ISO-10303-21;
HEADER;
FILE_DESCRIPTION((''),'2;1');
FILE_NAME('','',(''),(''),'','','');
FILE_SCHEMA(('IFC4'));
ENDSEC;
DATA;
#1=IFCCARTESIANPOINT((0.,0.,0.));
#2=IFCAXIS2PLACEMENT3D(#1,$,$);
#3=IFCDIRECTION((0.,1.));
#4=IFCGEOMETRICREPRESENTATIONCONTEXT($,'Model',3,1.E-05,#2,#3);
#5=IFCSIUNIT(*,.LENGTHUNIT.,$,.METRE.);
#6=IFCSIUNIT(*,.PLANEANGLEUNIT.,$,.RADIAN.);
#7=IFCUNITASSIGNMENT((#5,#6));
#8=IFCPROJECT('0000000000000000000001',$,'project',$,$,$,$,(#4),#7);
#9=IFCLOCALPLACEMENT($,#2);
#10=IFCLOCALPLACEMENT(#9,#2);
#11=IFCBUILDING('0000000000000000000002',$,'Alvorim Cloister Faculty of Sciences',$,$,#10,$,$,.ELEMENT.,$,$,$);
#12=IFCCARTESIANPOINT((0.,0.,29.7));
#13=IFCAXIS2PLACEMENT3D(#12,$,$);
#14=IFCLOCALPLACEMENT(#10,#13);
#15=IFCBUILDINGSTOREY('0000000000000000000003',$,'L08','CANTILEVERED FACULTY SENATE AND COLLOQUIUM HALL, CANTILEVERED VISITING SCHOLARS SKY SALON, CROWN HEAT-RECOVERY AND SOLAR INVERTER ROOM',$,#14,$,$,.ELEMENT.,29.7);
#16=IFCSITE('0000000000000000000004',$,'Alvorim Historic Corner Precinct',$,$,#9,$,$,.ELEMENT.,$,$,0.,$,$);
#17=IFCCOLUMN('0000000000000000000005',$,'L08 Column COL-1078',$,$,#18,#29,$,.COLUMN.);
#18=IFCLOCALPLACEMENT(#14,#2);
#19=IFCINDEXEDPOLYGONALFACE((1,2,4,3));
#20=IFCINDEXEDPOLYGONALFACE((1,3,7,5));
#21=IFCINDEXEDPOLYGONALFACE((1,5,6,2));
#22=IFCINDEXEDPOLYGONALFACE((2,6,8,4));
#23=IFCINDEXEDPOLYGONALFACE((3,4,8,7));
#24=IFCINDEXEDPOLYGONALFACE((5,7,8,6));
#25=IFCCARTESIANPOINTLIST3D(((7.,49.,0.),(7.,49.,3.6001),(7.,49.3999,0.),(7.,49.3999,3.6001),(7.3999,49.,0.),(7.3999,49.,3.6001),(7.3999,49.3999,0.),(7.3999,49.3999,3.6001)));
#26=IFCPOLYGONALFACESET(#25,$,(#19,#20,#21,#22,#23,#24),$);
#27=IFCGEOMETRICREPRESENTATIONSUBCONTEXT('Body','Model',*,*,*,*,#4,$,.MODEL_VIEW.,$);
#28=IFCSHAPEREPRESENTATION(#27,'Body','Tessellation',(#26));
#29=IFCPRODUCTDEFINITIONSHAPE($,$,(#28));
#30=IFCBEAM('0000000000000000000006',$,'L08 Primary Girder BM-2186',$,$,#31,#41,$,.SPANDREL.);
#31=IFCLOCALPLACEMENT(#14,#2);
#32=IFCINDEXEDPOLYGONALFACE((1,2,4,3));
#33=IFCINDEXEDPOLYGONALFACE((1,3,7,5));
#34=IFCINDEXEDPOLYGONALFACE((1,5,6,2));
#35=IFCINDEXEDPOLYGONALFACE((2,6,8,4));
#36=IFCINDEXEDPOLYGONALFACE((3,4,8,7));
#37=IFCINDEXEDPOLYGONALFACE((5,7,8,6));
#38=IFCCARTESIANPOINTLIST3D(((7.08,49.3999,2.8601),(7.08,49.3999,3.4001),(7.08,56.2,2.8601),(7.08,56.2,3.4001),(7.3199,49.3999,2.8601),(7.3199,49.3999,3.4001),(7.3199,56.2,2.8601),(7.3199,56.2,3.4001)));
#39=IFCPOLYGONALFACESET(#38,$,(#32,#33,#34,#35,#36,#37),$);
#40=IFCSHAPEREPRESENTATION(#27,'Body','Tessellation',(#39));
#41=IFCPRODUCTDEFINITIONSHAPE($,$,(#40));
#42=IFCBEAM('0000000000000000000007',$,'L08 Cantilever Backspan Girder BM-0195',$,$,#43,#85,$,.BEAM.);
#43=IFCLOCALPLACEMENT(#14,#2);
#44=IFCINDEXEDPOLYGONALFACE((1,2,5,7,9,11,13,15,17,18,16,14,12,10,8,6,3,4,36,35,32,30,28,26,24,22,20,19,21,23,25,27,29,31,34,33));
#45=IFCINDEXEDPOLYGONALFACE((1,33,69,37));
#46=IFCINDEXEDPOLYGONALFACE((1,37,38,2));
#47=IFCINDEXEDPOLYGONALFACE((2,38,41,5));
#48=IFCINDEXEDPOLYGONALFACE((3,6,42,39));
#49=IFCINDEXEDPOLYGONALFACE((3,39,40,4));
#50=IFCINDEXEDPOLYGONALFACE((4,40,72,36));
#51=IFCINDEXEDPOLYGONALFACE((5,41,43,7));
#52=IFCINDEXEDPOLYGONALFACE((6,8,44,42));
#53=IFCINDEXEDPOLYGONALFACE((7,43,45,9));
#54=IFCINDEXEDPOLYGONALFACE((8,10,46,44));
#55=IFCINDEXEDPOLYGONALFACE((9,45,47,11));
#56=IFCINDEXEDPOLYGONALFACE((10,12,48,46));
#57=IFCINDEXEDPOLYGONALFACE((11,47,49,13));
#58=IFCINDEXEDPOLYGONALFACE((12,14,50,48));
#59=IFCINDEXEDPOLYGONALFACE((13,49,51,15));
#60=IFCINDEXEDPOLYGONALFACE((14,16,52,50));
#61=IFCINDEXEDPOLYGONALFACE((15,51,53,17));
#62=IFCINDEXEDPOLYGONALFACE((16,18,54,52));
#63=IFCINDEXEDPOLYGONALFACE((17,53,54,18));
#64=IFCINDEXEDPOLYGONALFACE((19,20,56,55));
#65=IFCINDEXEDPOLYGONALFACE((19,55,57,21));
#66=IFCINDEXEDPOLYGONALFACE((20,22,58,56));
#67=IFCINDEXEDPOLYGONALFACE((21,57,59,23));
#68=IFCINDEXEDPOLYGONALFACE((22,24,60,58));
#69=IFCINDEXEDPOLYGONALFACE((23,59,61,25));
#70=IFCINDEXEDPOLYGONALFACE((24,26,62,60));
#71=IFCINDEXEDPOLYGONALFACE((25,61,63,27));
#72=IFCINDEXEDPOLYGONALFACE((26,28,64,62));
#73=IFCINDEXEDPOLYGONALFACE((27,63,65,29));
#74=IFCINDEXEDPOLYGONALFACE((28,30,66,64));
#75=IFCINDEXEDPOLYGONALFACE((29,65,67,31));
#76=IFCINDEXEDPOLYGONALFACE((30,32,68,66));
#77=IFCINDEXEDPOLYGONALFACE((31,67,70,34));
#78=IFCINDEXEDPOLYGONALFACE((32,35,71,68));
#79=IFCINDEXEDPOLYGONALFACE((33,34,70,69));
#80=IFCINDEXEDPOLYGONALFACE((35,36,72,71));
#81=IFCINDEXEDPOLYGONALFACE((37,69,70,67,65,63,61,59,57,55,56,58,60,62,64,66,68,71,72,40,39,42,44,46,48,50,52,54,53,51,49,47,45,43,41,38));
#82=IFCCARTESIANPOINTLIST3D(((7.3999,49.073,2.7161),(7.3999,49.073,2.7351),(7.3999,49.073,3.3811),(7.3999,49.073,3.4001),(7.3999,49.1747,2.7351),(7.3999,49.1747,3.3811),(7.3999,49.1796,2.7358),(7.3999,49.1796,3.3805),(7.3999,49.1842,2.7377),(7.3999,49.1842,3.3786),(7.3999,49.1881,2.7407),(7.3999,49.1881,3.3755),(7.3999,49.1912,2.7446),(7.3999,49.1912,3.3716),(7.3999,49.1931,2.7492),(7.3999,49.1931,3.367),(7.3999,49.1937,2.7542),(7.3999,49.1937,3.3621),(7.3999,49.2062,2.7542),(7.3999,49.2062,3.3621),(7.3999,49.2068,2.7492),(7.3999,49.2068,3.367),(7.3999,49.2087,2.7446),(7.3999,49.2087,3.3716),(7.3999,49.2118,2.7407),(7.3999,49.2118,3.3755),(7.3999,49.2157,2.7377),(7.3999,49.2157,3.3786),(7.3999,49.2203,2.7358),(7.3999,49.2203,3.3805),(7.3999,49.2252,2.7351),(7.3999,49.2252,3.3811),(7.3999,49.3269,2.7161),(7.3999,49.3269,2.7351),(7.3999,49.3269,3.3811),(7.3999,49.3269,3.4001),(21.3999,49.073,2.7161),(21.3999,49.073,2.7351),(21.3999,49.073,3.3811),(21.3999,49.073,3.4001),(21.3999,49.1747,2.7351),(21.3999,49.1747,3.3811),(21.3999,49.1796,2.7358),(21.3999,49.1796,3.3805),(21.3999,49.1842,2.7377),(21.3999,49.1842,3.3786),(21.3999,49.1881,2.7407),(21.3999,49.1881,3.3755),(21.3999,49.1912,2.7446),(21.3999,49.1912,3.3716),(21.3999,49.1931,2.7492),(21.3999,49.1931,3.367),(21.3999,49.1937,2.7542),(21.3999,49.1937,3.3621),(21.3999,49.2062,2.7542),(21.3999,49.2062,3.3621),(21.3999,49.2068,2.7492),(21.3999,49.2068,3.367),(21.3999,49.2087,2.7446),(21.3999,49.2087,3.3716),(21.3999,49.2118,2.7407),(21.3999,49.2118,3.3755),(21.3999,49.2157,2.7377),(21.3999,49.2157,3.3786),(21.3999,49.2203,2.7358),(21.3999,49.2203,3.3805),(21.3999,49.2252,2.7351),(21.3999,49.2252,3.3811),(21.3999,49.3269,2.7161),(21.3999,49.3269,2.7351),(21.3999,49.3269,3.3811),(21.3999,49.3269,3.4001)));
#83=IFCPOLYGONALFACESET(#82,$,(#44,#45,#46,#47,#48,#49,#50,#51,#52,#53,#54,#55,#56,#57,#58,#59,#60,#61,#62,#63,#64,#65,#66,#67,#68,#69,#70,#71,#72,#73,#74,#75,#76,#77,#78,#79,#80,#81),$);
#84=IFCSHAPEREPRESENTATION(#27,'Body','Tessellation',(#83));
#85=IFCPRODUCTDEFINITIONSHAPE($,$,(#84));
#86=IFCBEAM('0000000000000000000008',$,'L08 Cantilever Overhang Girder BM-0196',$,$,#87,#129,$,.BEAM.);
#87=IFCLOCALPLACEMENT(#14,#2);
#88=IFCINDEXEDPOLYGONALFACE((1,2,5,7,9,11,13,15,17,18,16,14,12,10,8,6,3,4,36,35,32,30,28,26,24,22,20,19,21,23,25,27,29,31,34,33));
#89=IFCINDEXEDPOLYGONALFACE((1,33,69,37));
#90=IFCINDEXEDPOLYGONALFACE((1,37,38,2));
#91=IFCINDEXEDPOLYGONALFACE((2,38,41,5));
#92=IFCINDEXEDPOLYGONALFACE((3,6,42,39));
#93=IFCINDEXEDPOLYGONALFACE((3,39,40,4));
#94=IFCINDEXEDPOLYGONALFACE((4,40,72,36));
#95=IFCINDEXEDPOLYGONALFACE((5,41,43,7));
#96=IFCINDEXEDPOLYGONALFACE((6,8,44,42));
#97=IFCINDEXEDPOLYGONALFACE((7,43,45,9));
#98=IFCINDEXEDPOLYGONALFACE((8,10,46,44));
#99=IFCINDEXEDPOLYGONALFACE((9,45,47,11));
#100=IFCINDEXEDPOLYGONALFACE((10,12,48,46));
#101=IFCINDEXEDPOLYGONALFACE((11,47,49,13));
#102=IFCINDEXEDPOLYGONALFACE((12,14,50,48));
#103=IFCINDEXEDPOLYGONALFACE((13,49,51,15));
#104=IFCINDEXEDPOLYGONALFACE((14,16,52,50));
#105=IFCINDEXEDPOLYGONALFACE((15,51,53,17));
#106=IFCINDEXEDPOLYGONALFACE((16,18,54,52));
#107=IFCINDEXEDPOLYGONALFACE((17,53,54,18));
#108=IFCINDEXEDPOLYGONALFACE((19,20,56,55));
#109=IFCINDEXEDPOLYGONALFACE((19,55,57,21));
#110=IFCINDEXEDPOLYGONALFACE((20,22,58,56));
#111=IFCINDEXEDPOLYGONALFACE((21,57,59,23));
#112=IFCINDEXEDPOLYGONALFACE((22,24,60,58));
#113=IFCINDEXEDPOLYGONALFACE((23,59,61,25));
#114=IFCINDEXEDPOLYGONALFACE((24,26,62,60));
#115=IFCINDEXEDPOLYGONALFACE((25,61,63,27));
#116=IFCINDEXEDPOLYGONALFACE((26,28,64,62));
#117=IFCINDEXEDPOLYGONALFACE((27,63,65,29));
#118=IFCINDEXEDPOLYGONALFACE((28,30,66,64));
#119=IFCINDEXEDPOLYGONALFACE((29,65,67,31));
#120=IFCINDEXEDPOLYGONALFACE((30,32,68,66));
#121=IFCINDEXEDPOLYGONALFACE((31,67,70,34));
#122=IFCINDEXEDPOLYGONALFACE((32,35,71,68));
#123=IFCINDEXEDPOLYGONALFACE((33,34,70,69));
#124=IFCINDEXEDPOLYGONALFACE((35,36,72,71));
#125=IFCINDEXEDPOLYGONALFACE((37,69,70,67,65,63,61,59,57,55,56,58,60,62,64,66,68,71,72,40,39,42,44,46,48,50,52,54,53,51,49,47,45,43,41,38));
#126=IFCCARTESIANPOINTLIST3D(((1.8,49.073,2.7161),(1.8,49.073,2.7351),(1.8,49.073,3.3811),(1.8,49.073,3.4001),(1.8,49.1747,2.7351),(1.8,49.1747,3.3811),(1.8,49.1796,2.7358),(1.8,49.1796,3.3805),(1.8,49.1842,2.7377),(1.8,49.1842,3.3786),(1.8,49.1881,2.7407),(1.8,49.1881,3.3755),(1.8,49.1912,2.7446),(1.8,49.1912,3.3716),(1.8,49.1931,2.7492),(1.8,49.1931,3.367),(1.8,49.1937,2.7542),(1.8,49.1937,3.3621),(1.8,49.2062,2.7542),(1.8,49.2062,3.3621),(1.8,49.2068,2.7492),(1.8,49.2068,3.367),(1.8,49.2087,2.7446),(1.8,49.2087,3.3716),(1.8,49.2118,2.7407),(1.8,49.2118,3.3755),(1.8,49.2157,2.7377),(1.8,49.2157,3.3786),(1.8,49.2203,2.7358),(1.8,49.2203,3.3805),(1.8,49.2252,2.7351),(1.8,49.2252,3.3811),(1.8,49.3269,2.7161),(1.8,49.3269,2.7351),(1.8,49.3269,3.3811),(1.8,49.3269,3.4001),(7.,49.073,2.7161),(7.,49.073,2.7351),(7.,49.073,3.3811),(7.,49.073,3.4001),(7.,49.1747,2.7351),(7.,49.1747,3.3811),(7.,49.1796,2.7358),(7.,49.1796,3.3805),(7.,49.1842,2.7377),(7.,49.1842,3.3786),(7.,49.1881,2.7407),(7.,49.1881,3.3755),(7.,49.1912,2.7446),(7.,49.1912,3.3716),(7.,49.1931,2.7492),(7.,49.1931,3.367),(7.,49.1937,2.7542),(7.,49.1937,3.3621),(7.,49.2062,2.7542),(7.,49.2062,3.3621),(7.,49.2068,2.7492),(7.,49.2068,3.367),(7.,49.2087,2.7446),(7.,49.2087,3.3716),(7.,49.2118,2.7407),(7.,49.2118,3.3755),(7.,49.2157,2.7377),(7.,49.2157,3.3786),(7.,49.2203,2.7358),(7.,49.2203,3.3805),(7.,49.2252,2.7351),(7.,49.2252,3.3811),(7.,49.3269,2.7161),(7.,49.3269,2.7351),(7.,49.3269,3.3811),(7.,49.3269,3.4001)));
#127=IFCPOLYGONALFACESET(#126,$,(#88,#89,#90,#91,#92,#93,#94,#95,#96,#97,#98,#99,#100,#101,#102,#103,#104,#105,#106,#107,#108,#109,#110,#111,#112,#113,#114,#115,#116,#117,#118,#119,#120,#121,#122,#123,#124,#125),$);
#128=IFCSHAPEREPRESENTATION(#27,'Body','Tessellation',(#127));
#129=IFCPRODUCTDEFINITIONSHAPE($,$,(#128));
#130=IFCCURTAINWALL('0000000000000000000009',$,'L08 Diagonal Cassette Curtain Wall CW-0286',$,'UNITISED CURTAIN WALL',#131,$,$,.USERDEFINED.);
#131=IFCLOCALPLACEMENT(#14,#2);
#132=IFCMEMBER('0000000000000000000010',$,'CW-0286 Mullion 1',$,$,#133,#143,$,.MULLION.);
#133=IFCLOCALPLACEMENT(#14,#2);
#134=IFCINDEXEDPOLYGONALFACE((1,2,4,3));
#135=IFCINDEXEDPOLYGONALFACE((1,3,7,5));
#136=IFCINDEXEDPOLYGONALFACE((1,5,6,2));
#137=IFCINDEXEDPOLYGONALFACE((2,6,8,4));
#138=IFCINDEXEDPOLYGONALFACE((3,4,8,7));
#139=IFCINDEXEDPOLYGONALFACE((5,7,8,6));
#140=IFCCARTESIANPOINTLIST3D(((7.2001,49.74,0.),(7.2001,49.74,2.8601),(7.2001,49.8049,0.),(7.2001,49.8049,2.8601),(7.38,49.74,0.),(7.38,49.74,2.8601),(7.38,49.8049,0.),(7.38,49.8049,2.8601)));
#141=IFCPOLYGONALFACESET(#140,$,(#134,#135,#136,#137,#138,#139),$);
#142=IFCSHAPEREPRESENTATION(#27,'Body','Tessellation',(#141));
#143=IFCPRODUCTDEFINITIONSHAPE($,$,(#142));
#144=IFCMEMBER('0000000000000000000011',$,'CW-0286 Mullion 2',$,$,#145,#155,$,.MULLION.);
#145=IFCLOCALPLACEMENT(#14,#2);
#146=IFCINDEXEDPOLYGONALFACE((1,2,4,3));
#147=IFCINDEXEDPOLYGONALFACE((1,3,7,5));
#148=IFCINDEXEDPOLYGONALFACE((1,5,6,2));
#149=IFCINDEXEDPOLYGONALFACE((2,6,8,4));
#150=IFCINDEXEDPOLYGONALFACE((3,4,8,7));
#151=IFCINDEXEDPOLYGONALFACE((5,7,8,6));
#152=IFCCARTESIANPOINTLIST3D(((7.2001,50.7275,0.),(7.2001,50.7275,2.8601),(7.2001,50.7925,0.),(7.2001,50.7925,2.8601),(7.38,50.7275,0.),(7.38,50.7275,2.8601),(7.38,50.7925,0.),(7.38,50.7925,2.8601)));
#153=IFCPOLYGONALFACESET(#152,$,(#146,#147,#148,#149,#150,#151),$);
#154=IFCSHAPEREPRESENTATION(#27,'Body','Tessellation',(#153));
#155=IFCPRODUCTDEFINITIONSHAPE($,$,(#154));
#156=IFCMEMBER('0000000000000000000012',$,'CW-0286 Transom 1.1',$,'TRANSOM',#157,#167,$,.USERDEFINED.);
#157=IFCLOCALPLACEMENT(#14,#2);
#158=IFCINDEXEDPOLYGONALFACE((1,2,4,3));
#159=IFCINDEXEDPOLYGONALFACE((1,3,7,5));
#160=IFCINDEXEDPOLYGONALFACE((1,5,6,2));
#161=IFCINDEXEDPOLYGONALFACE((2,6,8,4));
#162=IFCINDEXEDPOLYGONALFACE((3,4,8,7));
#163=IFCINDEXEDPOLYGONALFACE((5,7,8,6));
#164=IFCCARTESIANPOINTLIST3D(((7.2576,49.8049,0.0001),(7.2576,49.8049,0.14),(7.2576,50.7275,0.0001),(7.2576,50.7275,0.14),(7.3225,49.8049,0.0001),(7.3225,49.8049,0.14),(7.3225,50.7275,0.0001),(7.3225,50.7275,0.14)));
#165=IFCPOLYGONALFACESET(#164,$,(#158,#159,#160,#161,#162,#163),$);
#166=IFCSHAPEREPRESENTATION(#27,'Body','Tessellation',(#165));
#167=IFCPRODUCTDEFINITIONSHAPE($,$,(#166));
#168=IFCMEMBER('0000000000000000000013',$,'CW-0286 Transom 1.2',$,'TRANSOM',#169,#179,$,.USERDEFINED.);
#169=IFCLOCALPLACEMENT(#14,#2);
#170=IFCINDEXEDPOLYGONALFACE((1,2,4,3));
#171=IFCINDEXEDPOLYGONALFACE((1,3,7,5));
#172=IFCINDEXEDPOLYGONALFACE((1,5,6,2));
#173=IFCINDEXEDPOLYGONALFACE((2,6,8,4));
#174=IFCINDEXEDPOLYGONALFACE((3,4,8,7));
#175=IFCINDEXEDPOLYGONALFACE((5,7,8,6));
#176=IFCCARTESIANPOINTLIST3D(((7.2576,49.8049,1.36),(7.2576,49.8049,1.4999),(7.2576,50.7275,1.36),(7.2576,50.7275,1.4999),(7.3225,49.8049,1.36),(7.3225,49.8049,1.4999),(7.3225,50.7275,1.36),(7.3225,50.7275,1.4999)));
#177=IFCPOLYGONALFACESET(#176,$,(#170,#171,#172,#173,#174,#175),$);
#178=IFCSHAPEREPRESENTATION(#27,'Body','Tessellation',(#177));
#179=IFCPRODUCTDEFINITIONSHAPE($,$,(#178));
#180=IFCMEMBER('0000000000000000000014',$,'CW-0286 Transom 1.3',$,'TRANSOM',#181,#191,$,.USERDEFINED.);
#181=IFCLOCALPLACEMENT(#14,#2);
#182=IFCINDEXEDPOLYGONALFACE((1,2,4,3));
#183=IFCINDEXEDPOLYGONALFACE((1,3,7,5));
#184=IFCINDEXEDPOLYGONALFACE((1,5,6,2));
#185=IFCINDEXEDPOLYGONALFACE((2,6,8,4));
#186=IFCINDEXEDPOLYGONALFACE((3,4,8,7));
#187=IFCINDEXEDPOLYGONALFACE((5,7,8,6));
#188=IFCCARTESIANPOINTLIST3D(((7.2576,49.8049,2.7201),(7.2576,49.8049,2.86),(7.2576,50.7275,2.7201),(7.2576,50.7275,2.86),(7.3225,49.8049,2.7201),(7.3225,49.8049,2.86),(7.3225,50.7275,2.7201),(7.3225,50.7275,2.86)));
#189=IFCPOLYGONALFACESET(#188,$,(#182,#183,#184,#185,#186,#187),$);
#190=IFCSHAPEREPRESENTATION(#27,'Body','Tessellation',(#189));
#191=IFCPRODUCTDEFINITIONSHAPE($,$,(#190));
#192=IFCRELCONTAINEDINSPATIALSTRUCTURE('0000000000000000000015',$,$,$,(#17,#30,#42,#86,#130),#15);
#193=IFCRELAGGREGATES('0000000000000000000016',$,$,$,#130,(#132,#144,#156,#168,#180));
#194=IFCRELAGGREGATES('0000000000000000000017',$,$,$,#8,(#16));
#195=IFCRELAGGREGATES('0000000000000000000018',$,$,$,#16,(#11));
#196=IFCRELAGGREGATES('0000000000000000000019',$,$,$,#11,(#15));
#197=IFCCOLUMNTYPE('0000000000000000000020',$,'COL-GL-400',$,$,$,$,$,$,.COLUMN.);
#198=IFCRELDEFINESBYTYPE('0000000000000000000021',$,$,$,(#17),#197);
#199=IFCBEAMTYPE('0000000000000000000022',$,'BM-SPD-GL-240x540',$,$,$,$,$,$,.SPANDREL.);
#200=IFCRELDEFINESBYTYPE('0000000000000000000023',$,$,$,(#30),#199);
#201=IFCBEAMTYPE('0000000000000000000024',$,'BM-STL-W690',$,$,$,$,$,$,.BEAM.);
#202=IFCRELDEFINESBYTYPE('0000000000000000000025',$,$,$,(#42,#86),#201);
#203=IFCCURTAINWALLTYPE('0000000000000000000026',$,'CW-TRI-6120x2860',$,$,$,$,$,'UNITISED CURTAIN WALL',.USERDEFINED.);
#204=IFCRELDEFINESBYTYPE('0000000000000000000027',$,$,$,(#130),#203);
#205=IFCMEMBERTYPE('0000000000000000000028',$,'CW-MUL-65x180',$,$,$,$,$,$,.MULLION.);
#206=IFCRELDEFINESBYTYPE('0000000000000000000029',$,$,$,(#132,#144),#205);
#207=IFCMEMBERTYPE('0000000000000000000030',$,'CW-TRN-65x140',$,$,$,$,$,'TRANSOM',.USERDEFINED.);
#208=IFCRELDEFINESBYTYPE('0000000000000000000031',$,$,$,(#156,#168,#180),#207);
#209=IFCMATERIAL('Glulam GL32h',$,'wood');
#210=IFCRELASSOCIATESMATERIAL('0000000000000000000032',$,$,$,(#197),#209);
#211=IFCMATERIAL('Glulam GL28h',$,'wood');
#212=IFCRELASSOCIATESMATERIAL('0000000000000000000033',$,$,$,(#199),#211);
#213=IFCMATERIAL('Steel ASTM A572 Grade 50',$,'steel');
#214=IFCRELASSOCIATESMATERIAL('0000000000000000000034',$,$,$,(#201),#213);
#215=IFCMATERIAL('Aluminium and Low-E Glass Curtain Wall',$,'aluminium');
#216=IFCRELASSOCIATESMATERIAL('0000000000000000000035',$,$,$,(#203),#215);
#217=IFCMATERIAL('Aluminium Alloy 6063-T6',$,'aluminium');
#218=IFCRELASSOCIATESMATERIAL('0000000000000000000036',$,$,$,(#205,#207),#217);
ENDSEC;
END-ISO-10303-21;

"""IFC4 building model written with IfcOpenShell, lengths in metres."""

from ifc_helpers import new_model, si_unit, direction, frame, origin, origin_2d, place, context, subcontext, project, spatial, rectangle, i_section, extrude, material, material_profile, profile_set, type_object, element, aggregate, save


model = new_model("IFC4")

# Units and contexts
model_context = context("Model", 3, precision=1e-05, world=origin(), true_north=direction((0.0, 1.0)))
body_context = subcontext(model_context, "Body", "Model", "MODEL_VIEW")
ifc_project = project(units=[si_unit("LENGTHUNIT", "METRE"), si_unit("PLANEANGLEUNIT", "RADIAN")], contexts=[model_context])

# Site, building, storey
site_placement = place(None, origin())
site = spatial("IfcSite", under=ifc_project, at=site_placement, Name="Alvorim Historic Corner Precinct", CompositionType="ELEMENT", RefElevation=0.0)
building_placement = place(site_placement, origin())
building = spatial("IfcBuilding", under=site, at=building_placement, Name="Alvorim Cloister Faculty of Sciences", CompositionType="ELEMENT")
storey_placement = place(building_placement, frame((0.0, 0.0, 29.7)))
storey = spatial("IfcBuildingStorey", under=building, at=storey_placement, Name="L08", Description="CANTILEVERED FACULTY SENATE AND COLLOQUIUM HALL, CANTILEVERED VISITING SCHOLARS SKY SALON, CROWN HEAT-RECOVERY AND SOLAR INVERTER ROOM", CompositionType="ELEMENT", Elevation=29.7)

# Column
ifc_material_1 = material(Name="Glulam GL32h", Category="wood")
ifc_material_profile_1 = material_profile(ifc_material_1, rectangle(XDim=0.3999, YDim=0.3999, at=origin_2d()), Name="GL32-COL-400x400")
ifc_profile_set_1 = profile_set([ifc_material_profile_1], Name="Glulam GL32h")
column_type = type_object("IfcColumnType", Name="COL-GL-400", PredefinedType="COLUMN", material=ifc_profile_set_1)
column_placement = place(storey_placement, frame((7.2, 49.2, 0.0), z_axis=(0.0, 0.0, 1.0), x_axis=(1.0, 0.0, 0.0)))
element("IfcColumn", 1, at=column_placement, inside=storey, type_object=column_type, Name="L08 Column COL-1078", PredefinedType="COLUMN", context=body_context, shape_type="SweptSolid", body=[
    extrude(rectangle(XDim=0.3999, YDim=0.3999, at=origin_2d()), origin(), (0.0, 0.0, 1.0), 3.6001),
])

# Beams
ifc_material_2 = material(Name="Glulam GL28h", Category="wood")
ifc_material_profile_2 = material_profile(ifc_material_2, rectangle(XDim=0.24, YDim=0.54, at=origin_2d()), Name="GL28-SPD-240x540")
ifc_profile_set_2 = profile_set([ifc_material_profile_2], Name="Glulam GL28h")
beam_type_1 = type_object("IfcBeamType", Name="BM-SPD-GL-240x540", PredefinedType="SPANDREL", material=ifc_profile_set_2)
beam_1_placement = place(storey_placement, frame((7.2, 49.3999, 3.1301), z_axis=(0.0, 1.0, 0.0), x_axis=(-1.0, 0.0, 0.0)))
element("IfcBeam", 2, at=beam_1_placement, inside=storey, type_object=beam_type_1, Name="L08 Primary Girder BM-2186", PredefinedType="SPANDREL", context=body_context, shape_type="SweptSolid", body=[
    extrude(rectangle(XDim=0.24, YDim=0.54, at=origin_2d()), origin(), (0.0, 0.0, 1.0), 6.8),
])
ifc_material_3 = material(Name="Steel ASTM A572 Grade 50", Category="steel")
ifc_material_profile_3 = material_profile(ifc_material_3, i_section(OverallWidth=0.2539, OverallDepth=0.6841, WebThickness=0.0125, FlangeThickness=0.019, FilletRadius=0.019, at=origin_2d()), Name="W690x140.0")
ifc_profile_set_3 = profile_set([ifc_material_profile_3], Name="Steel ASTM A572 Grade 50")
beam_type_2 = type_object("IfcBeamType", Name="BM-STL-W690", PredefinedType="BEAM", material=ifc_profile_set_3)
beam_2_placement = place(storey_placement, frame((7.3999, 49.2, 3.0581), z_axis=(1.0, 0.0, 0.0), x_axis=(0.0, 1.0, 0.0)))
element("IfcBeam", 3, at=beam_2_placement, inside=storey, type_object=beam_type_2, Name="L08 Cantilever Backspan Girder BM-0195", PredefinedType="BEAM", context=body_context, shape_type="SweptSolid", body=[
    extrude(i_section(OverallWidth=0.2539, OverallDepth=0.6841, WebThickness=0.0125, FlangeThickness=0.019, FilletRadius=0.019, at=origin_2d()), origin(), (0.0, 0.0, 1.0), 14.0),
])
beam_3_placement = place(storey_placement, frame((1.8, 49.2, 3.0581), z_axis=(1.0, 0.0, 0.0), x_axis=(0.0, 1.0, 0.0)))
element("IfcBeam", 4, at=beam_3_placement, inside=storey, type_object=beam_type_2, Name="L08 Cantilever Overhang Girder BM-0196", PredefinedType="BEAM", context=body_context, shape_type="SweptSolid", body=[
    extrude(i_section(OverallWidth=0.2539, OverallDepth=0.6841, WebThickness=0.0125, FlangeThickness=0.019, FilletRadius=0.019, at=origin_2d()), origin(), (0.0, 0.0, 1.0), 5.2),
])

# Curtain wall, members
ifc_material_4 = material(Name="Aluminium and Low-E Glass Curtain Wall", Category="aluminium")
curtain_wall_type_1 = type_object("IfcCurtainWallType", Name="CW-TRI-6120x2860", ElementType="UNITISED CURTAIN WALL", PredefinedType="USERDEFINED", material=ifc_material_4)
curtain_wall_1_placement = place(storey_placement, origin())
curtain_wall_1 = element("IfcCurtainWall", 5, at=curtain_wall_1_placement, inside=storey, type_object=curtain_wall_type_1, Name="L08 Diagonal Cassette Curtain Wall CW-0286", ObjectType="UNITISED CURTAIN WALL", PredefinedType="USERDEFINED")
ifc_material_5 = material(Name="Aluminium Alloy 6063-T6", Category="aluminium")
ifc_material_profile_4 = material_profile(ifc_material_5, rectangle(XDim=0.0649, YDim=0.1799, at=origin_2d()), Name="ALU-MUL-65x180")
ifc_profile_set_4 = profile_set([ifc_material_profile_4], Name="Aluminium Alloy 6063-T6")
member_type_1 = type_object("IfcMemberType", Name="CW-MUL-65x180", PredefinedType="MULLION", material=ifc_profile_set_4)
member_1_placement = place(storey_placement, frame((7.29, 49.7725, 0.0), z_axis=(0.0, 0.0, 1.0), x_axis=(0.0, 1.0, 0.0)))
member_1 = element("IfcMember", 6, at=member_1_placement, type_object=member_type_1, Name="CW-0286 Mullion 1", PredefinedType="MULLION", context=body_context, shape_type="SweptSolid", body=[
    extrude(rectangle(XDim=0.0649, YDim=0.1799, at=origin_2d()), origin(), (0.0, 0.0, 1.0), 2.8601),
])
member_2_placement = place(storey_placement, frame((7.29, 50.76, 0.0), z_axis=(0.0, 0.0, 1.0), x_axis=(0.0, 1.0, 0.0)))
member_2 = element("IfcMember", 7, at=member_2_placement, type_object=member_type_1, Name="CW-0286 Mullion 2", PredefinedType="MULLION", context=body_context, shape_type="SweptSolid", body=[
    extrude(rectangle(XDim=0.0649, YDim=0.1799, at=origin_2d()), origin(), (0.0, 0.0, 1.0), 2.8601),
])
ifc_material_profile_5 = material_profile(ifc_material_5, rectangle(XDim=0.0649, YDim=0.1399, at=origin_2d()), Name="ALU-TRN-65x140")
ifc_profile_set_5 = profile_set([ifc_material_profile_5], Name="Aluminium Alloy 6063-T6")
member_type_2 = type_object("IfcMemberType", Name="CW-TRN-65x140", ElementType="TRANSOM", PredefinedType="USERDEFINED", material=ifc_profile_set_5)
member_3_placement = place(storey_placement, frame((7.29, 49.8049, 0.0701), z_axis=(0.0, 1.0, 0.0), x_axis=(-1.0, 0.0, 0.0)))
member_3 = element("IfcMember", 8, at=member_3_placement, type_object=member_type_2, Name="CW-0286 Transom 1.1", ObjectType="TRANSOM", PredefinedType="USERDEFINED", context=body_context, shape_type="SweptSolid", body=[
    extrude(rectangle(XDim=0.0649, YDim=0.1399, at=origin_2d()), origin(), (0.0, 0.0, 1.0), 0.9226),
])
member_4_placement = place(storey_placement, frame((7.29, 49.8049, 1.4299), z_axis=(0.0, 1.0, 0.0), x_axis=(-1.0, 0.0, 0.0)))
member_4 = element("IfcMember", 9, at=member_4_placement, type_object=member_type_2, Name="CW-0286 Transom 1.2", ObjectType="TRANSOM", PredefinedType="USERDEFINED", context=body_context, shape_type="SweptSolid", body=[
    extrude(rectangle(XDim=0.0649, YDim=0.1399, at=origin_2d()), origin(), (0.0, 0.0, 1.0), 0.9226),
])
member_5_placement = place(storey_placement, frame((7.29, 49.8049, 2.79), z_axis=(0.0, 1.0, 0.0), x_axis=(-1.0, 0.0, 0.0)))
member_5 = element("IfcMember", 10, at=member_5_placement, type_object=member_type_2, Name="CW-0286 Transom 1.3", ObjectType="TRANSOM", PredefinedType="USERDEFINED", context=body_context, shape_type="SweptSolid", body=[
    extrude(rectangle(XDim=0.0649, YDim=0.1399, at=origin_2d()), origin(), (0.0, 0.0, 1.0), 0.9226),
])

aggregate(curtain_wall_1, [member_1, member_2, member_3, member_4, member_5])

save(model, "model.ifc")
